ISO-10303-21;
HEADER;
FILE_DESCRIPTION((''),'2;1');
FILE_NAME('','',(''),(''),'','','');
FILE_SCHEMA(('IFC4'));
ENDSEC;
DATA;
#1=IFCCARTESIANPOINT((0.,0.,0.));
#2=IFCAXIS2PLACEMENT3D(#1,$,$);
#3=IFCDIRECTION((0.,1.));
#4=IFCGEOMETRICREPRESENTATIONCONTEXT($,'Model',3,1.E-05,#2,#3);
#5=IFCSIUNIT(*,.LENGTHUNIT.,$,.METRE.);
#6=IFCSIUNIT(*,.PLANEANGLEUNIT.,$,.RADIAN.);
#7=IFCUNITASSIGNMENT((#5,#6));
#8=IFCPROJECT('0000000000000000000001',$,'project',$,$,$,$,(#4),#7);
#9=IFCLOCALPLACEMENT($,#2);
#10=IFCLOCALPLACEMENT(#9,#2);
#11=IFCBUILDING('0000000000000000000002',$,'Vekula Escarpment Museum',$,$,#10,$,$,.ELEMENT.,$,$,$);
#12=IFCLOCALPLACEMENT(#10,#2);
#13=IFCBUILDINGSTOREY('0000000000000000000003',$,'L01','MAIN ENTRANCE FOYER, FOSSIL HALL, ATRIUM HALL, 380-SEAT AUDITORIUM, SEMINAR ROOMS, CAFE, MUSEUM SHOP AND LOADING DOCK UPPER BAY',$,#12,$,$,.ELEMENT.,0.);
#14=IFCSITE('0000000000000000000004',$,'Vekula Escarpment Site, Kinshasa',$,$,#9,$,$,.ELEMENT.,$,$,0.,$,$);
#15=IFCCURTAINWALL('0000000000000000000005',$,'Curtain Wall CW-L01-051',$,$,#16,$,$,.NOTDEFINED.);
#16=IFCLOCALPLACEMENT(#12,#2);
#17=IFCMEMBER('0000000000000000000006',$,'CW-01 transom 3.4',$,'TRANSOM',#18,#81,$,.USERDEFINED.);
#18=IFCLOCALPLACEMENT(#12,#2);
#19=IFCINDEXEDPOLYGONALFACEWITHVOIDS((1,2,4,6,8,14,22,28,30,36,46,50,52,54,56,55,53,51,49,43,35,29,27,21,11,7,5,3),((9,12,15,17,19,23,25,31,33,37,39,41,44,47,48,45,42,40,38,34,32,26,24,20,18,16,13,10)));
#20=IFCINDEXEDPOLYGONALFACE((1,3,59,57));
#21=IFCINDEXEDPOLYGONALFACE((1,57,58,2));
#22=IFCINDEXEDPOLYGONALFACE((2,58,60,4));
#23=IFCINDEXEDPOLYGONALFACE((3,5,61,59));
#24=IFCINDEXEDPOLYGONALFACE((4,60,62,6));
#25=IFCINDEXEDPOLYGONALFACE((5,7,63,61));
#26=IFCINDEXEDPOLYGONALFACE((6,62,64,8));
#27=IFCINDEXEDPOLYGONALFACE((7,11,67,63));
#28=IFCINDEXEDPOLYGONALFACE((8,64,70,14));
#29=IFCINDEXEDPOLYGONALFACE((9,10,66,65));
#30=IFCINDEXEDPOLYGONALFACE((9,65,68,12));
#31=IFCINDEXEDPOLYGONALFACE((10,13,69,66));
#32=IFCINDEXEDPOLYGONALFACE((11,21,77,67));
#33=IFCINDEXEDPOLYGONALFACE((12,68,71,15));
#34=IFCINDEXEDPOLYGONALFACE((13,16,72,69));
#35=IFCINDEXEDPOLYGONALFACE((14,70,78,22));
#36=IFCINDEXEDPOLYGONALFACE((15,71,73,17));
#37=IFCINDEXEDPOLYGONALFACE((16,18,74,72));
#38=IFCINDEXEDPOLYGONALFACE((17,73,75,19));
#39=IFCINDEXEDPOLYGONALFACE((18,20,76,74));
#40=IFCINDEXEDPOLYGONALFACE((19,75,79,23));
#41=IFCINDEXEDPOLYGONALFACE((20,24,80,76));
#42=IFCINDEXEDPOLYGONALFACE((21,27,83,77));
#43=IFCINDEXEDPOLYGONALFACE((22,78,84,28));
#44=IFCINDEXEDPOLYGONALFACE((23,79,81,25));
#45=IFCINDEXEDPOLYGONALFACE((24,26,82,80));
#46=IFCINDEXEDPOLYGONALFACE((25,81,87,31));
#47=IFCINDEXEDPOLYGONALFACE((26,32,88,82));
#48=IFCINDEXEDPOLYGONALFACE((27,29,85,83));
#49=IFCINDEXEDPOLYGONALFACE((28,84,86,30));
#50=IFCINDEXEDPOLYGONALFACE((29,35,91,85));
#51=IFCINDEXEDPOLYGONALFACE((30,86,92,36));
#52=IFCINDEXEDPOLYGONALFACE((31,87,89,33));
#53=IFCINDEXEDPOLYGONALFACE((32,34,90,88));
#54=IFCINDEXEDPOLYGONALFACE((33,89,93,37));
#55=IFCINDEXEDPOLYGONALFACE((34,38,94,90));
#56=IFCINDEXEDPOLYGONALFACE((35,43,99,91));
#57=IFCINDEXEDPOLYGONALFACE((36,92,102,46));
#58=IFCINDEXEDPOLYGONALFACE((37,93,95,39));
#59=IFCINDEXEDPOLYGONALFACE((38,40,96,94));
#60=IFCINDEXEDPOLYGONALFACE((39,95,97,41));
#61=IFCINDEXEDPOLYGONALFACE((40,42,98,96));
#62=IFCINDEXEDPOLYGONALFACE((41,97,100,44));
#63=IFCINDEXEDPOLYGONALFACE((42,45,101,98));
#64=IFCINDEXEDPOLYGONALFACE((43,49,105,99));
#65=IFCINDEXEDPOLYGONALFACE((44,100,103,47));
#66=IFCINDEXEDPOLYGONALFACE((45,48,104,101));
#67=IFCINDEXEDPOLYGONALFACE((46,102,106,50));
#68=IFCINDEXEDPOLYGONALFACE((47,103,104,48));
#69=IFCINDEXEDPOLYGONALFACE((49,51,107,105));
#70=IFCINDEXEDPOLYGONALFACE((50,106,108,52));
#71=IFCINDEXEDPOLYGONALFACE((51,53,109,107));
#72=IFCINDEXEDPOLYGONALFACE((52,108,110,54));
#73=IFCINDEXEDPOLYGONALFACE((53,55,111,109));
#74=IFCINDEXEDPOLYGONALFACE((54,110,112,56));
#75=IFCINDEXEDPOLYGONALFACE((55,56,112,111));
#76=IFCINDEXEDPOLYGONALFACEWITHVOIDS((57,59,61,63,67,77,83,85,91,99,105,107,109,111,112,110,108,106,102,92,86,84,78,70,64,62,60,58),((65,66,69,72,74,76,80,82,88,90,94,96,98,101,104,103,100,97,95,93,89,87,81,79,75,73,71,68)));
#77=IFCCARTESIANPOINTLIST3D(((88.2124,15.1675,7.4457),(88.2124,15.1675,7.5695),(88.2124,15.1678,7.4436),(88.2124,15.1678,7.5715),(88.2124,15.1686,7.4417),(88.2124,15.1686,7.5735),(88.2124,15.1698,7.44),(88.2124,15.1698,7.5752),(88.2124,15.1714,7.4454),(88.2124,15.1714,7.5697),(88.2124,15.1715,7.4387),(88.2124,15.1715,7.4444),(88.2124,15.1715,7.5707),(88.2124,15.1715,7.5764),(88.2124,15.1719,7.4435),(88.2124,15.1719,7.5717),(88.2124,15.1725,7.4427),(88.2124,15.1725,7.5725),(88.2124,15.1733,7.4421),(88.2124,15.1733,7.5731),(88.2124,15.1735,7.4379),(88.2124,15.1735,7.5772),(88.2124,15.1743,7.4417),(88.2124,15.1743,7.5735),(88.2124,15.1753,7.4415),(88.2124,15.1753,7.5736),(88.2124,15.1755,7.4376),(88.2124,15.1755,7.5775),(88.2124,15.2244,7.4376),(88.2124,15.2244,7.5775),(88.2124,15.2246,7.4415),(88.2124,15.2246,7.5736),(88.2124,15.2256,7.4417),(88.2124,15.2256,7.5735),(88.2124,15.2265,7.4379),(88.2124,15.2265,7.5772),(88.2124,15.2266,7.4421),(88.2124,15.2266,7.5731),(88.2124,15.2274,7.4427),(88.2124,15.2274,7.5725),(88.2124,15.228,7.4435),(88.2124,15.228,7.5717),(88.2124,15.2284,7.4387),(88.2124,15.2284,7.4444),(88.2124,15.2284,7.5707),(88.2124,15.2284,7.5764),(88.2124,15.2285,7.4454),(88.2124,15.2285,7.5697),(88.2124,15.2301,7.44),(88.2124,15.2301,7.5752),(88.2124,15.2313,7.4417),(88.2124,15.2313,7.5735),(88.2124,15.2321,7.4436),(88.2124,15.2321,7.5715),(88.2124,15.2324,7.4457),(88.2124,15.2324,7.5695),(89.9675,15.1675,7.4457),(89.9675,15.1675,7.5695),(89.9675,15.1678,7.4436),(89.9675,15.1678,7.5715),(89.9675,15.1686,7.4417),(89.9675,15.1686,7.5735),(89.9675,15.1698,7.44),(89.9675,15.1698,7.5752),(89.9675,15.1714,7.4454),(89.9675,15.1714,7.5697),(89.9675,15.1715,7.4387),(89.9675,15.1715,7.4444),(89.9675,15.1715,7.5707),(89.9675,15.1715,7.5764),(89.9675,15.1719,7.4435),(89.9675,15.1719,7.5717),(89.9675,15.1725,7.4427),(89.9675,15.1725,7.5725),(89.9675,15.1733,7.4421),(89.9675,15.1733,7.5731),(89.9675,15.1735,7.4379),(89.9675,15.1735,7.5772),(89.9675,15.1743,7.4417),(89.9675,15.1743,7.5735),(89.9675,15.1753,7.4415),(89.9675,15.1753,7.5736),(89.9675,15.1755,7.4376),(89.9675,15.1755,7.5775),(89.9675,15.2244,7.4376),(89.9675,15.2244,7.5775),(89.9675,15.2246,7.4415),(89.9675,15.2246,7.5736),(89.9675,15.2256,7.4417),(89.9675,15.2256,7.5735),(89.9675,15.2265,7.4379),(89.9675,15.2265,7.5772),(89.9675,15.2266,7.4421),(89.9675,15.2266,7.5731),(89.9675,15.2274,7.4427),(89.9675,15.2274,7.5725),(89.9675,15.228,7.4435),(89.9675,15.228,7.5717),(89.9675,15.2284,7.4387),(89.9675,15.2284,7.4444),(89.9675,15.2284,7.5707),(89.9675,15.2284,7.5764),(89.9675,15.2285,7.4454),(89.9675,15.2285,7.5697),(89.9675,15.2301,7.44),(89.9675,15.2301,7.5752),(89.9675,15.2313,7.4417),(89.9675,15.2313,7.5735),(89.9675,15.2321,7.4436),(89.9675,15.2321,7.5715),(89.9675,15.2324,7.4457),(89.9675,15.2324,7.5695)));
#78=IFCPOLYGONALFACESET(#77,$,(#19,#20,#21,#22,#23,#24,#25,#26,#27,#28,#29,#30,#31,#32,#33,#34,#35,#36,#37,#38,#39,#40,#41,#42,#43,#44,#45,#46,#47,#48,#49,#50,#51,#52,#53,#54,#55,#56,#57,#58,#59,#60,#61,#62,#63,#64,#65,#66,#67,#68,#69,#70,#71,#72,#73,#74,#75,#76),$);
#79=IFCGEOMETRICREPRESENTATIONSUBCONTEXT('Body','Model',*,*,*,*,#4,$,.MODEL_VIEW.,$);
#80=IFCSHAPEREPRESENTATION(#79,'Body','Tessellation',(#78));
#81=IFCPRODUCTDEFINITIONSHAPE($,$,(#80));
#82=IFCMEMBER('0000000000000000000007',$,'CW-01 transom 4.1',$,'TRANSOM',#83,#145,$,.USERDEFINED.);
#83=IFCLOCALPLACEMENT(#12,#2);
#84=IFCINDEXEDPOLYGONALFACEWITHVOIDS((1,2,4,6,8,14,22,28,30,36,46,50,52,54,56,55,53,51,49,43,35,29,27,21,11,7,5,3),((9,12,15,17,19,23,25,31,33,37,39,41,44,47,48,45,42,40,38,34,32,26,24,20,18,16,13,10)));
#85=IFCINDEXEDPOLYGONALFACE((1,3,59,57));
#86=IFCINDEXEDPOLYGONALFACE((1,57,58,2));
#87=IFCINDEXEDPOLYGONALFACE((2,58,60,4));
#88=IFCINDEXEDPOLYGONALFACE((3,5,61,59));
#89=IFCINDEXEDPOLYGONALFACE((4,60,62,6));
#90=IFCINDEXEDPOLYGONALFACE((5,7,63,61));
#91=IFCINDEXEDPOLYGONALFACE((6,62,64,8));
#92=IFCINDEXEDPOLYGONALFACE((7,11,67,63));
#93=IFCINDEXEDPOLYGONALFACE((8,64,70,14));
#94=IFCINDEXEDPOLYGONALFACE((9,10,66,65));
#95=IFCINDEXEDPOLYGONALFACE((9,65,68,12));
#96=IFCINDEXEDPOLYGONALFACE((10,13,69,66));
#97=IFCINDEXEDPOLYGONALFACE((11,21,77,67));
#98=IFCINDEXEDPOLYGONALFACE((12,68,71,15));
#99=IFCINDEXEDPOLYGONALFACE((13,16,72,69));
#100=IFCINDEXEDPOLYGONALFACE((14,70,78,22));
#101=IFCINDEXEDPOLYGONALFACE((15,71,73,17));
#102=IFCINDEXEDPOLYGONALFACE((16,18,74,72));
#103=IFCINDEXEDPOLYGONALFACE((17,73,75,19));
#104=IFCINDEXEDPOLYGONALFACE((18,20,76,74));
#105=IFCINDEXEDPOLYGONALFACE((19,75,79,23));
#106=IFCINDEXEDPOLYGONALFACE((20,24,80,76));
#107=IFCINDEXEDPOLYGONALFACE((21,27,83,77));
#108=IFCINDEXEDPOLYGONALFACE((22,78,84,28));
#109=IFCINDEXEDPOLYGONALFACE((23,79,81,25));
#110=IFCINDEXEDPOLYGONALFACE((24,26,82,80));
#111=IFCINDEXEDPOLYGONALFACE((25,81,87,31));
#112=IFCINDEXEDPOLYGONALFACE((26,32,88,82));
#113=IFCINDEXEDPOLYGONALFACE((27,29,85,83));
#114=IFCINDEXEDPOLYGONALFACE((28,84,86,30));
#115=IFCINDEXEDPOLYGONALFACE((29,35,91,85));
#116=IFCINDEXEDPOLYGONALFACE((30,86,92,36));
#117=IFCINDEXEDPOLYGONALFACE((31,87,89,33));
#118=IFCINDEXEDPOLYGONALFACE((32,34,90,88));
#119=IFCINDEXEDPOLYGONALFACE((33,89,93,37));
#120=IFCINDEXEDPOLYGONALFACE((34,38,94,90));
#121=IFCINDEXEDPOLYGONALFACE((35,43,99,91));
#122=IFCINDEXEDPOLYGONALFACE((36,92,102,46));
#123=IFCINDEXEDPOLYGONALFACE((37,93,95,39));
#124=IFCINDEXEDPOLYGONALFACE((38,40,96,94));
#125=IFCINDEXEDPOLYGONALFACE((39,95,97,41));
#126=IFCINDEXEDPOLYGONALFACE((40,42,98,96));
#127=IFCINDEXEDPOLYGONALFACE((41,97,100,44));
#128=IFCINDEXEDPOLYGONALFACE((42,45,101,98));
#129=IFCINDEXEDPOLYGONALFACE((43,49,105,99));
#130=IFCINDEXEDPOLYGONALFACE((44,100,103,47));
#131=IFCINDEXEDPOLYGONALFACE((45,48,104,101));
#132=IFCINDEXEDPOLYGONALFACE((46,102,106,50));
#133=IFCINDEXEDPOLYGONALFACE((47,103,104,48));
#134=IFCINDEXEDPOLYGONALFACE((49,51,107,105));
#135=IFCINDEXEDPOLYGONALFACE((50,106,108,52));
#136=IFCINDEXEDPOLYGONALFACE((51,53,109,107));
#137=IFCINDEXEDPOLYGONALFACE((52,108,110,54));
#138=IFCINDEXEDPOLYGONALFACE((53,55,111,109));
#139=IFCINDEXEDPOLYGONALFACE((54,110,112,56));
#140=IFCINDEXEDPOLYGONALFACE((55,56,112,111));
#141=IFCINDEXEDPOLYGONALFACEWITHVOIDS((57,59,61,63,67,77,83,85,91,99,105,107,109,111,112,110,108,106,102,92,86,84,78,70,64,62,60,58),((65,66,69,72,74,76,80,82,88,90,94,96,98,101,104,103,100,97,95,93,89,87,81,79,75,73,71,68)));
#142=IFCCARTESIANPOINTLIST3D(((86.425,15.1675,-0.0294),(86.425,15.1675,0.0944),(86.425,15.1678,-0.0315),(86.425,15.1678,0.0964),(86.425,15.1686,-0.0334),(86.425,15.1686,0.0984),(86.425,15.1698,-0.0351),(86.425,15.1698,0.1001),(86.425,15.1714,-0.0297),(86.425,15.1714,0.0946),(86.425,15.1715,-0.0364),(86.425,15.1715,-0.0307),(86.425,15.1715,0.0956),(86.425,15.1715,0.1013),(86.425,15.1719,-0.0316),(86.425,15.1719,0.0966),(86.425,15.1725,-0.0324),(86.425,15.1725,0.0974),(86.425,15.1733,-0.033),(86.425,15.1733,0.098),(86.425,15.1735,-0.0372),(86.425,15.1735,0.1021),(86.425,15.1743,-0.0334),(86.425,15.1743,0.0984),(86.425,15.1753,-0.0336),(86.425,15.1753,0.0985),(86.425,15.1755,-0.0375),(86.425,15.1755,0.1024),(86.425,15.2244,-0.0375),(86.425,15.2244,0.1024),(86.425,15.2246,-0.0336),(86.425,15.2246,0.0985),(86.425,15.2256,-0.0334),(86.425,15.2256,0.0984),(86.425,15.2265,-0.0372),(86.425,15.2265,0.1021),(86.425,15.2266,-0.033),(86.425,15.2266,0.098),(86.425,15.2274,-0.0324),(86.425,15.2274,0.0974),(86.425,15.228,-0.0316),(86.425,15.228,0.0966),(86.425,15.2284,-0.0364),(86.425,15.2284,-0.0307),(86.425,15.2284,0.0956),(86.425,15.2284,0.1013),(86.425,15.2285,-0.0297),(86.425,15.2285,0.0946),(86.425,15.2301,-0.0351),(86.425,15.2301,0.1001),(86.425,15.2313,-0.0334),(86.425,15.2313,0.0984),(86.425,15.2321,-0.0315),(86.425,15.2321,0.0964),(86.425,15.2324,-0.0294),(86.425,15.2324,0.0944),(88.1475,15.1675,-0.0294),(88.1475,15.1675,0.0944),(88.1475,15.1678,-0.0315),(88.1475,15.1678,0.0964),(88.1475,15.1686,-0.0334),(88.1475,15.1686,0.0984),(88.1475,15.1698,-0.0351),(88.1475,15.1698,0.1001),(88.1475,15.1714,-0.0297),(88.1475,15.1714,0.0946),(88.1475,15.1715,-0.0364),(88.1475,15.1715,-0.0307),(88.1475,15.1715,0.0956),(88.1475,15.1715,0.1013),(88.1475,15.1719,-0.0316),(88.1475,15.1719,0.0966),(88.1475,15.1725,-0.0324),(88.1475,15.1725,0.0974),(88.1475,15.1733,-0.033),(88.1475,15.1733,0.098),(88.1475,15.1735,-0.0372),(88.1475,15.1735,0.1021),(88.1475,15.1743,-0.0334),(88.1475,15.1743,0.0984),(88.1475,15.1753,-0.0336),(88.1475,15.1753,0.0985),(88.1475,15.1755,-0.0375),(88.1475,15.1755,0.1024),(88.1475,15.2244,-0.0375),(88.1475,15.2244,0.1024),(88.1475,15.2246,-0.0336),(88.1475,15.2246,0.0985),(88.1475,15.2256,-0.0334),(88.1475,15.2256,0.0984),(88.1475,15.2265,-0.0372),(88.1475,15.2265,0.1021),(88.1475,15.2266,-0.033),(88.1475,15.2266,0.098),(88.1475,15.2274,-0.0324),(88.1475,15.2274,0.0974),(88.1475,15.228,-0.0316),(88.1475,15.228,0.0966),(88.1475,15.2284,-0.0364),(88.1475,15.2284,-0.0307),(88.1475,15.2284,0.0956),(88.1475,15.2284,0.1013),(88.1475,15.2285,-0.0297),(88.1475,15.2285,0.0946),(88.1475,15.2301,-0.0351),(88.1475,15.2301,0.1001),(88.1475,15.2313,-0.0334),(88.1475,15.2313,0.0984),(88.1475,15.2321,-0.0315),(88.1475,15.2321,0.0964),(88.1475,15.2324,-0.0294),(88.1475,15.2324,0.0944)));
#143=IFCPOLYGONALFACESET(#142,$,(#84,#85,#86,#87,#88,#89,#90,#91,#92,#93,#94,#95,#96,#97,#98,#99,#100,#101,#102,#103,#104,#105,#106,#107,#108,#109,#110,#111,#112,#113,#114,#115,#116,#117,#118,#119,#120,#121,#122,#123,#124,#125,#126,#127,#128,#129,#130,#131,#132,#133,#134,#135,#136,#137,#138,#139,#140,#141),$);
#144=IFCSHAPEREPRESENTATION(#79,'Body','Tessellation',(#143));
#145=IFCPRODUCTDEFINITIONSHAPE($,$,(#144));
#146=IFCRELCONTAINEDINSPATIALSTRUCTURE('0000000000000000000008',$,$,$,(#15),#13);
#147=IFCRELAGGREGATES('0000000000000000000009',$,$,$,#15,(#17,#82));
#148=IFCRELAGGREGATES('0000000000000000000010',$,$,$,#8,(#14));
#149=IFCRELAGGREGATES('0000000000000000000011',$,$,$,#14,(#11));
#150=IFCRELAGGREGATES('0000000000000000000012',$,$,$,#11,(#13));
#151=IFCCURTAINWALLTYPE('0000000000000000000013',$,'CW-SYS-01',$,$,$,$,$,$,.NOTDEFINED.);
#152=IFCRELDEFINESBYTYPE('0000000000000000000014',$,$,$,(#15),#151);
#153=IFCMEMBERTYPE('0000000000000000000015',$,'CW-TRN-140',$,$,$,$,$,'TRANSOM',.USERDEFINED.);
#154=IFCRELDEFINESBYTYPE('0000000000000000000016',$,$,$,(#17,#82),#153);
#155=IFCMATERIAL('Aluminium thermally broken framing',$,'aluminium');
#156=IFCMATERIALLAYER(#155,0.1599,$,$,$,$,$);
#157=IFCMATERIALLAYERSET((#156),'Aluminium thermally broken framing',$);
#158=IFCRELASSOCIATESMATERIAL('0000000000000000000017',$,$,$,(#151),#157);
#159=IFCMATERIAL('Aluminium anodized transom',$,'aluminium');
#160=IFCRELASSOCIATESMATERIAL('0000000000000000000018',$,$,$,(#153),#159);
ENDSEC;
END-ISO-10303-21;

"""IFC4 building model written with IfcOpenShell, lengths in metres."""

from ifc_helpers import new_model, si_unit, direction, frame, origin, origin_2d, place, context, subcontext, project, spatial, hollow_rectangle, extrude, material, layer, layer_set, material_profile, profile_set, type_object, element, aggregate, save


model = new_model("IFC4")

# Units and contexts
model_context = context("Model", 3, precision=1e-05, world=origin(), true_north=direction((0.0, 1.0)))
body_context = subcontext(model_context, "Body", "Model", "MODEL_VIEW")
ifc_project = project(units=[si_unit("LENGTHUNIT", "METRE"), si_unit("PLANEANGLEUNIT", "RADIAN")], contexts=[model_context])

# Site, building, storey
site_placement = place(None, origin())
site = spatial("IfcSite", under=ifc_project, at=site_placement, Name="Vekula Escarpment Site, Kinshasa", CompositionType="ELEMENT", RefElevation=0.0)
building_placement = place(site_placement, origin())
building = spatial("IfcBuilding", under=site, at=building_placement, Name="Vekula Escarpment Museum", CompositionType="ELEMENT")
storey_placement = place(building_placement, origin())
storey = spatial("IfcBuildingStorey", under=building, at=storey_placement, Name="L01", Description="MAIN ENTRANCE FOYER, FOSSIL HALL, ATRIUM HALL, 380-SEAT AUDITORIUM, SEMINAR ROOMS, CAFE, MUSEUM SHOP AND LOADING DOCK UPPER BAY", CompositionType="ELEMENT", Elevation=0.0)

# Curtain wall, members
ifc_material_1 = material(Name="Aluminium thermally broken framing", Category="aluminium")
ifc_layer_1 = layer(ifc_material_1, 0.1599)
ifc_layer_set_1 = layer_set([ifc_layer_1], Name="Aluminium thermally broken framing")
curtain_wall_type = type_object("IfcCurtainWallType", Name="CW-SYS-01", PredefinedType="NOTDEFINED", material=ifc_layer_set_1)
curtain_wall_placement = place(storey_placement, origin())
curtain_wall = element("IfcCurtainWall", 1, at=curtain_wall_placement, inside=storey, type_object=curtain_wall_type, Name="Curtain Wall CW-L01-051", PredefinedType="NOTDEFINED")
ifc_material_2 = material(Name="Aluminium anodized transom", Category="aluminium")
ifc_material_profile_1 = material_profile(ifc_material_2, hollow_rectangle(XDim=0.0649, YDim=0.1399, WallThickness=0.0039, InnerFilletRadius=0.0039, OuterFilletRadius=0.0081, at=origin_2d()), Name="ALU 140x65x4")
ifc_profile_set_1 = profile_set([ifc_material_profile_1], Name="Aluminium anodized transom")
member_type_1 = type_object("IfcMemberType", Name="CW-TRN-140", ElementType="TRANSOM", PredefinedType="USERDEFINED", material=ifc_profile_set_1)
member_1_placement = place(storey_placement, frame((89.9675, 15.2, 7.5076), z_axis=(-1.0, 0.0, 0.0), x_axis=(0.0, -1.0, 0.0)))
member_1 = element("IfcMember", 2, at=member_1_placement, type_object=member_type_1, Name="CW-01 transom 3.4", ObjectType="TRANSOM", PredefinedType="USERDEFINED", context=body_context, shape_type="SweptSolid", body=[
    extrude(hollow_rectangle(XDim=0.0649, YDim=0.1399, WallThickness=0.0039, InnerFilletRadius=0.0039, OuterFilletRadius=0.0081, at=origin_2d()), origin(), (0.0, 0.0, 1.0), 1.7551),
])
member_2_placement = place(storey_placement, frame((88.1475, 15.2, 0.0325), z_axis=(-1.0, 0.0, 0.0), x_axis=(0.0, -1.0, 0.0)))
member_2 = element("IfcMember", 3, at=member_2_placement, type_object=member_type_1, Name="CW-01 transom 4.1", ObjectType="TRANSOM", PredefinedType="USERDEFINED", context=body_context, shape_type="SweptSolid", body=[
    extrude(hollow_rectangle(XDim=0.0649, YDim=0.1399, WallThickness=0.0039, InnerFilletRadius=0.0039, OuterFilletRadius=0.0081, at=origin_2d()), origin(), (0.0, 0.0, 1.0), 1.7224),
])
aggregate(curtain_wall, [member_1, member_2])

save(model, "model.ifc")
